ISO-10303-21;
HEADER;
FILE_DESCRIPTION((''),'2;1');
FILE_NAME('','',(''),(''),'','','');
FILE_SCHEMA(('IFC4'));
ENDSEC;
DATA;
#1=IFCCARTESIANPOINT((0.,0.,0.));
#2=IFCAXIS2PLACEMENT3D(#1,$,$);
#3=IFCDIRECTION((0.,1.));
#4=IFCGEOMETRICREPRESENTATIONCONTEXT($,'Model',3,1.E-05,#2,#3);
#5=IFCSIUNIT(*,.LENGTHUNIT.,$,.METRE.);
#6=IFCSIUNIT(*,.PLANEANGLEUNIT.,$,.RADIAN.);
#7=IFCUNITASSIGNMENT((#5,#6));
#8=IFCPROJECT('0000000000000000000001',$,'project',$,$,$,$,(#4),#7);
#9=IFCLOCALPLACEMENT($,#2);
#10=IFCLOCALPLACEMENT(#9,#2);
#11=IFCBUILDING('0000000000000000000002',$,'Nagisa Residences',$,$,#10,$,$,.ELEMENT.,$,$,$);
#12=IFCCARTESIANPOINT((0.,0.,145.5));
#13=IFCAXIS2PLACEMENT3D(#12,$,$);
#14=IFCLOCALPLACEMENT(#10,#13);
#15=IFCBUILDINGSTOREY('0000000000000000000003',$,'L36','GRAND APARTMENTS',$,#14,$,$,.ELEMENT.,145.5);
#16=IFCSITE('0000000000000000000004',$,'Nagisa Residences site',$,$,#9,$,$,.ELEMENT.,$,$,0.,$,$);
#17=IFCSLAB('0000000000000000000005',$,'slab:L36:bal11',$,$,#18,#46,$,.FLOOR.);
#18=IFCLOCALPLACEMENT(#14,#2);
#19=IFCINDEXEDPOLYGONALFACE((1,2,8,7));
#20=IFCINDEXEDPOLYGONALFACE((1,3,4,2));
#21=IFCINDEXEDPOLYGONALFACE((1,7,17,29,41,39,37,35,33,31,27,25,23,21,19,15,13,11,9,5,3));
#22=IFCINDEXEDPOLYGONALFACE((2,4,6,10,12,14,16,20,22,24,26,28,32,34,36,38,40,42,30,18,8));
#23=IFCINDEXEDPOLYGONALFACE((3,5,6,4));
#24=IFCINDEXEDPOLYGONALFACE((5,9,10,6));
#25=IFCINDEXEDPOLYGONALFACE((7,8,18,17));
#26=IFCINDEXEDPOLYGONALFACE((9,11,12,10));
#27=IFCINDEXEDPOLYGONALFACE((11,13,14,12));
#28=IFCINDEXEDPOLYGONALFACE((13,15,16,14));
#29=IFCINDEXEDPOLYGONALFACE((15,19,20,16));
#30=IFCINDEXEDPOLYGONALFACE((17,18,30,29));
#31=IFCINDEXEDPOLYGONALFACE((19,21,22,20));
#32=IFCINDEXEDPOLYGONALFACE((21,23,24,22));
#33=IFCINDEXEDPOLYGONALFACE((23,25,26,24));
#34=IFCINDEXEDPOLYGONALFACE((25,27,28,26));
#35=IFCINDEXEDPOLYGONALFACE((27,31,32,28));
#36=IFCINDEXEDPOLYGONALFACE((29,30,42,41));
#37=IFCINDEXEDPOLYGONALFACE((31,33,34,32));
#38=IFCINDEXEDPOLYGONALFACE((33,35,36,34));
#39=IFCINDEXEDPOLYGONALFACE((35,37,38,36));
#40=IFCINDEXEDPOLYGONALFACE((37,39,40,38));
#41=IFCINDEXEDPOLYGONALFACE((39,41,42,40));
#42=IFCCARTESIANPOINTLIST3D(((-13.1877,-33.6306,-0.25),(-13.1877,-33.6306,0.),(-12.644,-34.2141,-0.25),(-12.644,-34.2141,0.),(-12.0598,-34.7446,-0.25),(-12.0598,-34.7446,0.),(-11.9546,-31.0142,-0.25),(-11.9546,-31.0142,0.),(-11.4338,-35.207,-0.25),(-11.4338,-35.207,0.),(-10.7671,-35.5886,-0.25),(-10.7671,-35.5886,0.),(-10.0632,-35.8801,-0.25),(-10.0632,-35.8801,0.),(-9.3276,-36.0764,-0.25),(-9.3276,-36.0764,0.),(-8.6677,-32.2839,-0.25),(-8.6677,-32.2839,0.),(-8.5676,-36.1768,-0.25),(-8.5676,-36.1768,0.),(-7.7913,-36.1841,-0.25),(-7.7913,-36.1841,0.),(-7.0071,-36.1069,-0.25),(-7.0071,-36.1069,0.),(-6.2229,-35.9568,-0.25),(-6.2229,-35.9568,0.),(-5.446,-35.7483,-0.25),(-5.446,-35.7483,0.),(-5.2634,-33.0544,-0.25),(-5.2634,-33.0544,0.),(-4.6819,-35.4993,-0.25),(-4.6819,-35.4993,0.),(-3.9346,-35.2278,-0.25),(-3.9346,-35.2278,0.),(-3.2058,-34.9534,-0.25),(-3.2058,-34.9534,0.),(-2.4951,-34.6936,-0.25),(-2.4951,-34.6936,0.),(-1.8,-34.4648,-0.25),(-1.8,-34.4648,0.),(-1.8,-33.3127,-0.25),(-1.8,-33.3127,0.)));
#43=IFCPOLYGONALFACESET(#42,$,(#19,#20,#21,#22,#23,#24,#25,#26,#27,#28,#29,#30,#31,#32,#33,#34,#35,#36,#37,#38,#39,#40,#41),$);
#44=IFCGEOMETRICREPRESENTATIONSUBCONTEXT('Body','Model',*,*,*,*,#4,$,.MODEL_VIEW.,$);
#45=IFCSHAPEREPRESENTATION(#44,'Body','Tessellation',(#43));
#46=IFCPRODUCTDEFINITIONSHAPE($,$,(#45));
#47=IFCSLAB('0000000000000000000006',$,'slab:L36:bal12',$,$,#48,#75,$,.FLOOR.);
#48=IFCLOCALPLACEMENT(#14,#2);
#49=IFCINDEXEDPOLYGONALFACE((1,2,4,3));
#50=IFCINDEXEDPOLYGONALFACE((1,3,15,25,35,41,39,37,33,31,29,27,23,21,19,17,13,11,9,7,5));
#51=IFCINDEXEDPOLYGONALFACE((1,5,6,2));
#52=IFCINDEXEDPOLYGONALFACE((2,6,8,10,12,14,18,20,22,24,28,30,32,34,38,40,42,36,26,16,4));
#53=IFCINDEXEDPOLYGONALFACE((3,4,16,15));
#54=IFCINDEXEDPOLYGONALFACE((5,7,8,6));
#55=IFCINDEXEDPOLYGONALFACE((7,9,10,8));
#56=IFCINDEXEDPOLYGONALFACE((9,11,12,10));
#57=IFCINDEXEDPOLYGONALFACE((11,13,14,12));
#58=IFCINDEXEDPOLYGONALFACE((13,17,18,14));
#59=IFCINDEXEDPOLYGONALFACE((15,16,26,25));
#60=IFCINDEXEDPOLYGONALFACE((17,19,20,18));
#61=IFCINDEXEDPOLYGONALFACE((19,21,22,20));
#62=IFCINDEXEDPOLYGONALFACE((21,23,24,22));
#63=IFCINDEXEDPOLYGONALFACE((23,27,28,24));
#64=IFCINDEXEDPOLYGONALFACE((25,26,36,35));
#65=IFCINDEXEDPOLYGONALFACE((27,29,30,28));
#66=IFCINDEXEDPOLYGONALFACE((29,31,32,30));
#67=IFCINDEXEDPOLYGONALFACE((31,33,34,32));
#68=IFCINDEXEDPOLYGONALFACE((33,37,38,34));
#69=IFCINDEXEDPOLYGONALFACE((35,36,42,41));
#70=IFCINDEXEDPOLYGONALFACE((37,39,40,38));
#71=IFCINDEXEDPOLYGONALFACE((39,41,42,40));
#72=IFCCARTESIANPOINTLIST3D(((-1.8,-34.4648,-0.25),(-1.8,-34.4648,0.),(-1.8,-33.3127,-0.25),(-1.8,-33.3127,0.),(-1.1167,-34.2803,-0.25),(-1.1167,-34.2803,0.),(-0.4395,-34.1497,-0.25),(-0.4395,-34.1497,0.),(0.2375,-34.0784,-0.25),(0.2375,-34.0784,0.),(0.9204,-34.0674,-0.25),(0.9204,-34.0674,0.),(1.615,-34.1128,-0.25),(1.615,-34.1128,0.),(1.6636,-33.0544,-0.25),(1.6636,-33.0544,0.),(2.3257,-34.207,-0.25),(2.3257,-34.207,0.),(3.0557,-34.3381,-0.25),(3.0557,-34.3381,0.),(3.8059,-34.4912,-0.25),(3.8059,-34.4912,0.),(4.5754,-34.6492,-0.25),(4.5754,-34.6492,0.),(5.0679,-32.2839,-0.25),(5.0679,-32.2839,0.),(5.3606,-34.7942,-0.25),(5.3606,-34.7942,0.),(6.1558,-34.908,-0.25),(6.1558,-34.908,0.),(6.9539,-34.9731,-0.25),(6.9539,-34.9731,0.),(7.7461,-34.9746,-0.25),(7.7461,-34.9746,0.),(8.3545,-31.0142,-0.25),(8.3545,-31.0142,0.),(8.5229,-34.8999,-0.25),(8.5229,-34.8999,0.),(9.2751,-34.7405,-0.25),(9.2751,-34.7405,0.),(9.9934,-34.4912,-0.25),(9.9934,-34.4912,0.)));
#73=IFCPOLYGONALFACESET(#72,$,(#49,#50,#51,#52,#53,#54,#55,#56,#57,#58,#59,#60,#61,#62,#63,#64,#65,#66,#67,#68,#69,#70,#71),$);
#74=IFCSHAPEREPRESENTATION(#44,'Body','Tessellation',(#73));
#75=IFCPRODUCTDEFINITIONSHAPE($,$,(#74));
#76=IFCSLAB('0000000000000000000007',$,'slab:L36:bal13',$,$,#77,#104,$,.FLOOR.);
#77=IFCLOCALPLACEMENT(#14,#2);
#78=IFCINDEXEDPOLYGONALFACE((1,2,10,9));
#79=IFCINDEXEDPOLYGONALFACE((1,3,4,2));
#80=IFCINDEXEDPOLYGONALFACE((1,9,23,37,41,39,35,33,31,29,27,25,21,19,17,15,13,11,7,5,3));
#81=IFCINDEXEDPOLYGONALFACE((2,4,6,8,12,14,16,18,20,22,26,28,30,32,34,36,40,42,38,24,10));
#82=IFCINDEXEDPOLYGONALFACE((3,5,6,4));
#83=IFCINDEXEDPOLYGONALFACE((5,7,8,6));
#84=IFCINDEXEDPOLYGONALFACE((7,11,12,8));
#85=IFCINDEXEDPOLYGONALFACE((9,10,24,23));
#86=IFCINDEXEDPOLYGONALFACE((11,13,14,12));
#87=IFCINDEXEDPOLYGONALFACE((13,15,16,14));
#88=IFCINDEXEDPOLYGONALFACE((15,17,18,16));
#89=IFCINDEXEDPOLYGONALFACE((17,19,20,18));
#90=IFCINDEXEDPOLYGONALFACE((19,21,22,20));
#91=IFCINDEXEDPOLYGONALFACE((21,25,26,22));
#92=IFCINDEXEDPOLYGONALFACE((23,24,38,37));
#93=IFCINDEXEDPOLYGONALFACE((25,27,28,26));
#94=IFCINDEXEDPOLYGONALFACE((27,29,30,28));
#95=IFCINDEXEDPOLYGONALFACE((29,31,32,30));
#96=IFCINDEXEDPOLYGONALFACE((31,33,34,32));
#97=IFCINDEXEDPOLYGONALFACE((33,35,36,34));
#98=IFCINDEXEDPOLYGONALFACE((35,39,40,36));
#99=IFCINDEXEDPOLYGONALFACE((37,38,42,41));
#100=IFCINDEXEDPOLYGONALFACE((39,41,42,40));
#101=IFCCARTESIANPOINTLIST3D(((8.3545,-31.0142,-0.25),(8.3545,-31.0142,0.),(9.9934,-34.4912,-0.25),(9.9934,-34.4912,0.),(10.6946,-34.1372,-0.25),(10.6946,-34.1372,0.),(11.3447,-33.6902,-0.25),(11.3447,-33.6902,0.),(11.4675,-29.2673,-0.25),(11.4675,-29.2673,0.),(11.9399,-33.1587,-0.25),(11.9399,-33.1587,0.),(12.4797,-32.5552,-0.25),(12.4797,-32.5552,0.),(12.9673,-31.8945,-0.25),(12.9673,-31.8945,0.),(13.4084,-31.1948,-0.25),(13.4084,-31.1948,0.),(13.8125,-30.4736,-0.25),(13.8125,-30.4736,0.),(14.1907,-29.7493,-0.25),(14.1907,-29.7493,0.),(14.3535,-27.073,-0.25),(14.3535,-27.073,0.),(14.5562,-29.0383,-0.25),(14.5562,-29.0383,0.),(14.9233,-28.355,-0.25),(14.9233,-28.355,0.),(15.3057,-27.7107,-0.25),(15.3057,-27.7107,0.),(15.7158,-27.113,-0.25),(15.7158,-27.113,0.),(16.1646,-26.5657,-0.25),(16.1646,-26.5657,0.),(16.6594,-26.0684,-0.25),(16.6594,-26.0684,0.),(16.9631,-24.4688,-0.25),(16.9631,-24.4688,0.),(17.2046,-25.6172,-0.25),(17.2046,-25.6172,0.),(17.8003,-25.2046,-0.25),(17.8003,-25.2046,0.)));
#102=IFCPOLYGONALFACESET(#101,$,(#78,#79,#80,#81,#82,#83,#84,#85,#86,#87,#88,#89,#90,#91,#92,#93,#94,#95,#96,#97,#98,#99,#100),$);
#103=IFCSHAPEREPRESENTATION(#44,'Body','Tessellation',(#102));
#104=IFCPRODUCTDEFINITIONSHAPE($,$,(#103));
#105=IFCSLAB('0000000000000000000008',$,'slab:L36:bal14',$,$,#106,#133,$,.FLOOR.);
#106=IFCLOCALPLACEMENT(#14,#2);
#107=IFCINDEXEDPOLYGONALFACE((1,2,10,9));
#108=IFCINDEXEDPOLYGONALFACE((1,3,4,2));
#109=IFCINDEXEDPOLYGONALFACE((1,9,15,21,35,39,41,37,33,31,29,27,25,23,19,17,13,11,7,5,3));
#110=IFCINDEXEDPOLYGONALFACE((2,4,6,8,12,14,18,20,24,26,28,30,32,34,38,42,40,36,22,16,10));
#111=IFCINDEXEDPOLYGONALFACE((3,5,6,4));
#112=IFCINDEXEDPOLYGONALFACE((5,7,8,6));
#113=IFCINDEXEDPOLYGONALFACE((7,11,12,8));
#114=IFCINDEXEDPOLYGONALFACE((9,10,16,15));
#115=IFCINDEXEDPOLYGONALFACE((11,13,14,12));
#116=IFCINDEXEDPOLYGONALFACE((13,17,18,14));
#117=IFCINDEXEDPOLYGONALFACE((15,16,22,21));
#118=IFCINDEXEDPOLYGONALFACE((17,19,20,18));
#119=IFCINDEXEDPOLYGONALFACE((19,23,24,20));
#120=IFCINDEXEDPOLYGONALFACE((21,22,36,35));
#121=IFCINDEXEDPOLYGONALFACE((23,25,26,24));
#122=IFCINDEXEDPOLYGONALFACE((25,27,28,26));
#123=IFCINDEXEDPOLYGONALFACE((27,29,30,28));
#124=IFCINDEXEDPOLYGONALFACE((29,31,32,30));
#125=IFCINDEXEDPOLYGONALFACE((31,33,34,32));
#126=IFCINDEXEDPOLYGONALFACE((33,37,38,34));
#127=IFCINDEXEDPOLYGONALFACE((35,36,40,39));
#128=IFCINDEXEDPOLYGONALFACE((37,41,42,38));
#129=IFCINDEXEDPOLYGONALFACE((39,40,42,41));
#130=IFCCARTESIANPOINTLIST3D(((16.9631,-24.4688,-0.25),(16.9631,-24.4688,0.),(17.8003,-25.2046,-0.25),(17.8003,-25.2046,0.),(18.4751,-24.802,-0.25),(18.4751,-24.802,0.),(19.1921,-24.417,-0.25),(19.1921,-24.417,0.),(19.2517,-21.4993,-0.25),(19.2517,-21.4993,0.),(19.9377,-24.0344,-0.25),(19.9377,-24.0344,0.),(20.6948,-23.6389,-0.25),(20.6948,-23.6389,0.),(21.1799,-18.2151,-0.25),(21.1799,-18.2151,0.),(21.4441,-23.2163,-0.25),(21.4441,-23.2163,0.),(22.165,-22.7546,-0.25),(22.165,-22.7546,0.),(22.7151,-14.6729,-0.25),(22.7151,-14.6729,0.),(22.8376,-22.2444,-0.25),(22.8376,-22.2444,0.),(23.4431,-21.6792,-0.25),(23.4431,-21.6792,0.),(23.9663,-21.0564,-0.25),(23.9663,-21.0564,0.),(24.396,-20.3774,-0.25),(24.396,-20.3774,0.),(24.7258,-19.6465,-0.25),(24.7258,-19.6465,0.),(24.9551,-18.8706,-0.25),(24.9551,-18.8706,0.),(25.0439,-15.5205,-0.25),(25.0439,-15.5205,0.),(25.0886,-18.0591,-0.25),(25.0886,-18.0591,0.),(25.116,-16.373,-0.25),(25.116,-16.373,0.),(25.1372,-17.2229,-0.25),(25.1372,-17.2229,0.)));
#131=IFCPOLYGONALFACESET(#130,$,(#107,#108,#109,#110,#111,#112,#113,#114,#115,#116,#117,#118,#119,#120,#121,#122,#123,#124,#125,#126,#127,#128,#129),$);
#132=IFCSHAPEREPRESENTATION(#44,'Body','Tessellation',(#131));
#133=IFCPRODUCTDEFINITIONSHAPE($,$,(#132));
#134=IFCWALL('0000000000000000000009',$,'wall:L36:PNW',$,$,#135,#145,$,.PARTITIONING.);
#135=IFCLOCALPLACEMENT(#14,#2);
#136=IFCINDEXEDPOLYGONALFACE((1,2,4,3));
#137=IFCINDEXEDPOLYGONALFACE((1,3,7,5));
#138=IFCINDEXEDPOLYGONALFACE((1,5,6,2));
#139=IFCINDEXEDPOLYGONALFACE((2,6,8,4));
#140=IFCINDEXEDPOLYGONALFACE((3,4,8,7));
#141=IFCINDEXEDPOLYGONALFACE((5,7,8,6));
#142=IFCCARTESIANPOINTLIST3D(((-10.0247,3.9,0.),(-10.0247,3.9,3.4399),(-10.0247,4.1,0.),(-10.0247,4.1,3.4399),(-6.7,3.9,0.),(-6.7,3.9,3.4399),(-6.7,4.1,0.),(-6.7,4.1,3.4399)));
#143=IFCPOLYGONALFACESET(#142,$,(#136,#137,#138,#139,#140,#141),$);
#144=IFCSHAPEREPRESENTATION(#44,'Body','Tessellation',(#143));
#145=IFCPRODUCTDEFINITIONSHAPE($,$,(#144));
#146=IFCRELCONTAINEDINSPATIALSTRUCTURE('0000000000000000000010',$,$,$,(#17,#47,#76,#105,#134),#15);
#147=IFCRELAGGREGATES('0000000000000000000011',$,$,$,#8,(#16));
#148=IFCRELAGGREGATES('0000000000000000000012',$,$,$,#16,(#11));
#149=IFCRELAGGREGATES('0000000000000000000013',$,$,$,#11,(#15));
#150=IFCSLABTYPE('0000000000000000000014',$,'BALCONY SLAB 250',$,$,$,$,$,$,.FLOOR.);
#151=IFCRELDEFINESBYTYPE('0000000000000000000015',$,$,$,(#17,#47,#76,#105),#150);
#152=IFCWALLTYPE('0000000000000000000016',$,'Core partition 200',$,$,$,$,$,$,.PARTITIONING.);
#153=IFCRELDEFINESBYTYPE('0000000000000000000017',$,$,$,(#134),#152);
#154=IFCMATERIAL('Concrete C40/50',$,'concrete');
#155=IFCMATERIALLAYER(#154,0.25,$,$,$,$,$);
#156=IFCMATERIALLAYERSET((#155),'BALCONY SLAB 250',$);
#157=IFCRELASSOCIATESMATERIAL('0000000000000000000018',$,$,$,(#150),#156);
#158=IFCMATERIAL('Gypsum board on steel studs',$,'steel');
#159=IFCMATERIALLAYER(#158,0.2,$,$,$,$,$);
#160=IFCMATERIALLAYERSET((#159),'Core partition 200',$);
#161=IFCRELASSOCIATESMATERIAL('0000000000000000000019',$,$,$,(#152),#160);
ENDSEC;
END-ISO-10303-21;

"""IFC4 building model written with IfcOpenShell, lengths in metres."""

from ifc_helpers import new_model, si_unit, direction, frame, frame_2d, origin, place, context, subcontext, project, spatial, polyline, rectangle, outline, extrude, material, layer, layer_set, type_object, element, save


model = new_model("IFC4")

# Units and contexts
model_context = context("Model", 3, precision=1e-05, world=origin(), true_north=direction((0.0, 1.0)))
body_context = subcontext(model_context, "Body", "Model", "MODEL_VIEW")
ifc_project = project(units=[si_unit("LENGTHUNIT", "METRE"), si_unit("PLANEANGLEUNIT", "RADIAN")], contexts=[model_context])

# Site, building, storey
site_placement = place(None, origin())
site = spatial("IfcSite", under=ifc_project, at=site_placement, Name="Nagisa Residences site", CompositionType="ELEMENT", RefElevation=0.0)
building_placement = place(site_placement, origin())
building = spatial("IfcBuilding", under=site, at=building_placement, Name="Nagisa Residences", CompositionType="ELEMENT")
storey_placement = place(building_placement, frame((0.0, 0.0, 145.5)))
storey = spatial("IfcBuildingStorey", under=building, at=storey_placement, Name="L36", Description="GRAND APARTMENTS", CompositionType="ELEMENT", Elevation=145.5)

# Slabs
ifc_material_1 = material(Name="Concrete C40/50", Category="concrete")
ifc_layer_1 = layer(ifc_material_1, 0.25)
ifc_layer_set_1 = layer_set([ifc_layer_1], Name="BALCONY SLAB 250")
slab_type = type_object("IfcSlabType", Name="BALCONY SLAB 250", PredefinedType="FLOOR", material=ifc_layer_set_1)
slab_1_placement = place(storey_placement, frame((0.0, 0.0, -0.25)))
element("IfcSlab", 1, at=slab_1_placement, inside=storey, type_object=slab_type, Name="slab:L36:bal11", PredefinedType="FLOOR", context=body_context, shape_type="SweptSolid", body=[
    extrude(outline(polyline([(-13.1877, -33.6306), (-12.644, -34.2141), (-12.0598, -34.7446), (-11.4338, -35.207), (-10.7671, -35.5886), (-10.0632, -35.8801), (-9.3276, -36.0764), (-8.5676, -36.1768), (-7.7913, -36.1841), (-7.0071, -36.1069), (-6.2229, -35.9568), (-5.446, -35.7483), (-4.6819, -35.4993), (-3.9346, -35.2278), (-3.2058, -34.9534), (-2.4951, -34.6936), (-1.8, -34.4648), (-1.8, -33.3127), (-5.2634, -33.0544), (-8.6677, -32.2839), (-11.9546, -31.0142), (-13.1877, -33.6306)])), origin(), (0.0, 0.0, 1.0), 0.25),
])
slab_2_placement = place(storey_placement, frame((0.0, 0.0, -0.25)))
element("IfcSlab", 2, at=slab_2_placement, inside=storey, type_object=slab_type, Name="slab:L36:bal12", PredefinedType="FLOOR", context=body_context, shape_type="SweptSolid", body=[
    extrude(outline(polyline([(-1.8, -34.4648), (-1.1167, -34.2803), (-0.4395, -34.1497), (0.2375, -34.0784), (0.9204, -34.0674), (1.615, -34.1128), (2.3257, -34.207), (3.0557, -34.3381), (3.8059, -34.4912), (4.5754, -34.6492), (5.3606, -34.7942), (6.1558, -34.908), (6.9539, -34.9731), (7.7461, -34.9746), (8.5229, -34.8999), (9.2751, -34.7405), (9.9934, -34.4912), (8.3545, -31.0142), (5.0679, -32.2839), (1.6636, -33.0544), (-1.8, -33.3127), (-1.8, -34.4648)])), origin(), (0.0, 0.0, 1.0), 0.25),
])
slab_3_placement = place(storey_placement, frame((0.0, 0.0, -0.25)))
element("IfcSlab", 3, at=slab_3_placement, inside=storey, type_object=slab_type, Name="slab:L36:bal13", PredefinedType="FLOOR", context=body_context, shape_type="SweptSolid", body=[
    extrude(outline(polyline([(9.9934, -34.4912), (10.6946, -34.1372), (11.3447, -33.6902), (11.9399, -33.1587), (12.4797, -32.5552), (12.9673, -31.8945), (13.4084, -31.1948), (13.8125, -30.4736), (14.1907, -29.7493), (14.5562, -29.0383), (14.9233, -28.355), (15.3057, -27.7107), (15.7158, -27.113), (16.1646, -26.5657), (16.6594, -26.0684), (17.2046, -25.6172), (17.8003, -25.2046), (16.9631, -24.4688), (14.3535, -27.073), (11.4675, -29.2673), (8.3545, -31.0142), (9.9934, -34.4912)])), origin(), (0.0, 0.0, 1.0), 0.25),
])
slab_4_placement = place(storey_placement, frame((0.0, 0.0, -0.25)))
element("IfcSlab", 4, at=slab_4_placement, inside=storey, type_object=slab_type, Name="slab:L36:bal14", PredefinedType="FLOOR", context=body_context, shape_type="SweptSolid", body=[
    extrude(outline(polyline([(17.8003, -25.2046), (18.4751, -24.802), (19.1921, -24.417), (19.9377, -24.0344), (20.6948, -23.6389), (21.4441, -23.2163), (22.165, -22.7546), (22.8376, -22.2444), (23.4431, -21.6792), (23.9663, -21.0564), (24.396, -20.3774), (24.7258, -19.6465), (24.9551, -18.8706), (25.0886, -18.0591), (25.1372, -17.2229), (25.116, -16.373), (25.0439, -15.5205), (22.7151, -14.6729), (21.1799, -18.2151), (19.2517, -21.4993), (16.9631, -24.4688), (17.8003, -25.2046)])), origin(), (0.0, 0.0, 1.0), 0.25),
])

# Wall
ifc_material_2 = material(Name="Gypsum board on steel studs", Category="steel")
ifc_layer_2 = layer(ifc_material_2, 0.2)
ifc_layer_set_2 = layer_set([ifc_layer_2], Name="Core partition 200")
wall_type_1 = type_object("IfcWallType", Name="Core partition 200", PredefinedType="PARTITIONING", material=ifc_layer_set_2)
wall_1_placement = place(storey_placement, frame((-10.0247, 4.0, 0.0), z_axis=(0.0, 0.0, 1.0), x_axis=(1.0, 0.0, 0.0)))
element("IfcWall", 5, at=wall_1_placement, inside=storey, type_object=wall_type_1, Name="wall:L36:PNW", PredefinedType="PARTITIONING", context=body_context, shape_type="SweptSolid", body=[
    extrude(rectangle(XDim=3.3247, YDim=0.2, at=frame_2d((1.6624, 0.0))), origin(), (0.0, 0.0, 1.0), 3.4399),
])

save(model, "model.ifc")
